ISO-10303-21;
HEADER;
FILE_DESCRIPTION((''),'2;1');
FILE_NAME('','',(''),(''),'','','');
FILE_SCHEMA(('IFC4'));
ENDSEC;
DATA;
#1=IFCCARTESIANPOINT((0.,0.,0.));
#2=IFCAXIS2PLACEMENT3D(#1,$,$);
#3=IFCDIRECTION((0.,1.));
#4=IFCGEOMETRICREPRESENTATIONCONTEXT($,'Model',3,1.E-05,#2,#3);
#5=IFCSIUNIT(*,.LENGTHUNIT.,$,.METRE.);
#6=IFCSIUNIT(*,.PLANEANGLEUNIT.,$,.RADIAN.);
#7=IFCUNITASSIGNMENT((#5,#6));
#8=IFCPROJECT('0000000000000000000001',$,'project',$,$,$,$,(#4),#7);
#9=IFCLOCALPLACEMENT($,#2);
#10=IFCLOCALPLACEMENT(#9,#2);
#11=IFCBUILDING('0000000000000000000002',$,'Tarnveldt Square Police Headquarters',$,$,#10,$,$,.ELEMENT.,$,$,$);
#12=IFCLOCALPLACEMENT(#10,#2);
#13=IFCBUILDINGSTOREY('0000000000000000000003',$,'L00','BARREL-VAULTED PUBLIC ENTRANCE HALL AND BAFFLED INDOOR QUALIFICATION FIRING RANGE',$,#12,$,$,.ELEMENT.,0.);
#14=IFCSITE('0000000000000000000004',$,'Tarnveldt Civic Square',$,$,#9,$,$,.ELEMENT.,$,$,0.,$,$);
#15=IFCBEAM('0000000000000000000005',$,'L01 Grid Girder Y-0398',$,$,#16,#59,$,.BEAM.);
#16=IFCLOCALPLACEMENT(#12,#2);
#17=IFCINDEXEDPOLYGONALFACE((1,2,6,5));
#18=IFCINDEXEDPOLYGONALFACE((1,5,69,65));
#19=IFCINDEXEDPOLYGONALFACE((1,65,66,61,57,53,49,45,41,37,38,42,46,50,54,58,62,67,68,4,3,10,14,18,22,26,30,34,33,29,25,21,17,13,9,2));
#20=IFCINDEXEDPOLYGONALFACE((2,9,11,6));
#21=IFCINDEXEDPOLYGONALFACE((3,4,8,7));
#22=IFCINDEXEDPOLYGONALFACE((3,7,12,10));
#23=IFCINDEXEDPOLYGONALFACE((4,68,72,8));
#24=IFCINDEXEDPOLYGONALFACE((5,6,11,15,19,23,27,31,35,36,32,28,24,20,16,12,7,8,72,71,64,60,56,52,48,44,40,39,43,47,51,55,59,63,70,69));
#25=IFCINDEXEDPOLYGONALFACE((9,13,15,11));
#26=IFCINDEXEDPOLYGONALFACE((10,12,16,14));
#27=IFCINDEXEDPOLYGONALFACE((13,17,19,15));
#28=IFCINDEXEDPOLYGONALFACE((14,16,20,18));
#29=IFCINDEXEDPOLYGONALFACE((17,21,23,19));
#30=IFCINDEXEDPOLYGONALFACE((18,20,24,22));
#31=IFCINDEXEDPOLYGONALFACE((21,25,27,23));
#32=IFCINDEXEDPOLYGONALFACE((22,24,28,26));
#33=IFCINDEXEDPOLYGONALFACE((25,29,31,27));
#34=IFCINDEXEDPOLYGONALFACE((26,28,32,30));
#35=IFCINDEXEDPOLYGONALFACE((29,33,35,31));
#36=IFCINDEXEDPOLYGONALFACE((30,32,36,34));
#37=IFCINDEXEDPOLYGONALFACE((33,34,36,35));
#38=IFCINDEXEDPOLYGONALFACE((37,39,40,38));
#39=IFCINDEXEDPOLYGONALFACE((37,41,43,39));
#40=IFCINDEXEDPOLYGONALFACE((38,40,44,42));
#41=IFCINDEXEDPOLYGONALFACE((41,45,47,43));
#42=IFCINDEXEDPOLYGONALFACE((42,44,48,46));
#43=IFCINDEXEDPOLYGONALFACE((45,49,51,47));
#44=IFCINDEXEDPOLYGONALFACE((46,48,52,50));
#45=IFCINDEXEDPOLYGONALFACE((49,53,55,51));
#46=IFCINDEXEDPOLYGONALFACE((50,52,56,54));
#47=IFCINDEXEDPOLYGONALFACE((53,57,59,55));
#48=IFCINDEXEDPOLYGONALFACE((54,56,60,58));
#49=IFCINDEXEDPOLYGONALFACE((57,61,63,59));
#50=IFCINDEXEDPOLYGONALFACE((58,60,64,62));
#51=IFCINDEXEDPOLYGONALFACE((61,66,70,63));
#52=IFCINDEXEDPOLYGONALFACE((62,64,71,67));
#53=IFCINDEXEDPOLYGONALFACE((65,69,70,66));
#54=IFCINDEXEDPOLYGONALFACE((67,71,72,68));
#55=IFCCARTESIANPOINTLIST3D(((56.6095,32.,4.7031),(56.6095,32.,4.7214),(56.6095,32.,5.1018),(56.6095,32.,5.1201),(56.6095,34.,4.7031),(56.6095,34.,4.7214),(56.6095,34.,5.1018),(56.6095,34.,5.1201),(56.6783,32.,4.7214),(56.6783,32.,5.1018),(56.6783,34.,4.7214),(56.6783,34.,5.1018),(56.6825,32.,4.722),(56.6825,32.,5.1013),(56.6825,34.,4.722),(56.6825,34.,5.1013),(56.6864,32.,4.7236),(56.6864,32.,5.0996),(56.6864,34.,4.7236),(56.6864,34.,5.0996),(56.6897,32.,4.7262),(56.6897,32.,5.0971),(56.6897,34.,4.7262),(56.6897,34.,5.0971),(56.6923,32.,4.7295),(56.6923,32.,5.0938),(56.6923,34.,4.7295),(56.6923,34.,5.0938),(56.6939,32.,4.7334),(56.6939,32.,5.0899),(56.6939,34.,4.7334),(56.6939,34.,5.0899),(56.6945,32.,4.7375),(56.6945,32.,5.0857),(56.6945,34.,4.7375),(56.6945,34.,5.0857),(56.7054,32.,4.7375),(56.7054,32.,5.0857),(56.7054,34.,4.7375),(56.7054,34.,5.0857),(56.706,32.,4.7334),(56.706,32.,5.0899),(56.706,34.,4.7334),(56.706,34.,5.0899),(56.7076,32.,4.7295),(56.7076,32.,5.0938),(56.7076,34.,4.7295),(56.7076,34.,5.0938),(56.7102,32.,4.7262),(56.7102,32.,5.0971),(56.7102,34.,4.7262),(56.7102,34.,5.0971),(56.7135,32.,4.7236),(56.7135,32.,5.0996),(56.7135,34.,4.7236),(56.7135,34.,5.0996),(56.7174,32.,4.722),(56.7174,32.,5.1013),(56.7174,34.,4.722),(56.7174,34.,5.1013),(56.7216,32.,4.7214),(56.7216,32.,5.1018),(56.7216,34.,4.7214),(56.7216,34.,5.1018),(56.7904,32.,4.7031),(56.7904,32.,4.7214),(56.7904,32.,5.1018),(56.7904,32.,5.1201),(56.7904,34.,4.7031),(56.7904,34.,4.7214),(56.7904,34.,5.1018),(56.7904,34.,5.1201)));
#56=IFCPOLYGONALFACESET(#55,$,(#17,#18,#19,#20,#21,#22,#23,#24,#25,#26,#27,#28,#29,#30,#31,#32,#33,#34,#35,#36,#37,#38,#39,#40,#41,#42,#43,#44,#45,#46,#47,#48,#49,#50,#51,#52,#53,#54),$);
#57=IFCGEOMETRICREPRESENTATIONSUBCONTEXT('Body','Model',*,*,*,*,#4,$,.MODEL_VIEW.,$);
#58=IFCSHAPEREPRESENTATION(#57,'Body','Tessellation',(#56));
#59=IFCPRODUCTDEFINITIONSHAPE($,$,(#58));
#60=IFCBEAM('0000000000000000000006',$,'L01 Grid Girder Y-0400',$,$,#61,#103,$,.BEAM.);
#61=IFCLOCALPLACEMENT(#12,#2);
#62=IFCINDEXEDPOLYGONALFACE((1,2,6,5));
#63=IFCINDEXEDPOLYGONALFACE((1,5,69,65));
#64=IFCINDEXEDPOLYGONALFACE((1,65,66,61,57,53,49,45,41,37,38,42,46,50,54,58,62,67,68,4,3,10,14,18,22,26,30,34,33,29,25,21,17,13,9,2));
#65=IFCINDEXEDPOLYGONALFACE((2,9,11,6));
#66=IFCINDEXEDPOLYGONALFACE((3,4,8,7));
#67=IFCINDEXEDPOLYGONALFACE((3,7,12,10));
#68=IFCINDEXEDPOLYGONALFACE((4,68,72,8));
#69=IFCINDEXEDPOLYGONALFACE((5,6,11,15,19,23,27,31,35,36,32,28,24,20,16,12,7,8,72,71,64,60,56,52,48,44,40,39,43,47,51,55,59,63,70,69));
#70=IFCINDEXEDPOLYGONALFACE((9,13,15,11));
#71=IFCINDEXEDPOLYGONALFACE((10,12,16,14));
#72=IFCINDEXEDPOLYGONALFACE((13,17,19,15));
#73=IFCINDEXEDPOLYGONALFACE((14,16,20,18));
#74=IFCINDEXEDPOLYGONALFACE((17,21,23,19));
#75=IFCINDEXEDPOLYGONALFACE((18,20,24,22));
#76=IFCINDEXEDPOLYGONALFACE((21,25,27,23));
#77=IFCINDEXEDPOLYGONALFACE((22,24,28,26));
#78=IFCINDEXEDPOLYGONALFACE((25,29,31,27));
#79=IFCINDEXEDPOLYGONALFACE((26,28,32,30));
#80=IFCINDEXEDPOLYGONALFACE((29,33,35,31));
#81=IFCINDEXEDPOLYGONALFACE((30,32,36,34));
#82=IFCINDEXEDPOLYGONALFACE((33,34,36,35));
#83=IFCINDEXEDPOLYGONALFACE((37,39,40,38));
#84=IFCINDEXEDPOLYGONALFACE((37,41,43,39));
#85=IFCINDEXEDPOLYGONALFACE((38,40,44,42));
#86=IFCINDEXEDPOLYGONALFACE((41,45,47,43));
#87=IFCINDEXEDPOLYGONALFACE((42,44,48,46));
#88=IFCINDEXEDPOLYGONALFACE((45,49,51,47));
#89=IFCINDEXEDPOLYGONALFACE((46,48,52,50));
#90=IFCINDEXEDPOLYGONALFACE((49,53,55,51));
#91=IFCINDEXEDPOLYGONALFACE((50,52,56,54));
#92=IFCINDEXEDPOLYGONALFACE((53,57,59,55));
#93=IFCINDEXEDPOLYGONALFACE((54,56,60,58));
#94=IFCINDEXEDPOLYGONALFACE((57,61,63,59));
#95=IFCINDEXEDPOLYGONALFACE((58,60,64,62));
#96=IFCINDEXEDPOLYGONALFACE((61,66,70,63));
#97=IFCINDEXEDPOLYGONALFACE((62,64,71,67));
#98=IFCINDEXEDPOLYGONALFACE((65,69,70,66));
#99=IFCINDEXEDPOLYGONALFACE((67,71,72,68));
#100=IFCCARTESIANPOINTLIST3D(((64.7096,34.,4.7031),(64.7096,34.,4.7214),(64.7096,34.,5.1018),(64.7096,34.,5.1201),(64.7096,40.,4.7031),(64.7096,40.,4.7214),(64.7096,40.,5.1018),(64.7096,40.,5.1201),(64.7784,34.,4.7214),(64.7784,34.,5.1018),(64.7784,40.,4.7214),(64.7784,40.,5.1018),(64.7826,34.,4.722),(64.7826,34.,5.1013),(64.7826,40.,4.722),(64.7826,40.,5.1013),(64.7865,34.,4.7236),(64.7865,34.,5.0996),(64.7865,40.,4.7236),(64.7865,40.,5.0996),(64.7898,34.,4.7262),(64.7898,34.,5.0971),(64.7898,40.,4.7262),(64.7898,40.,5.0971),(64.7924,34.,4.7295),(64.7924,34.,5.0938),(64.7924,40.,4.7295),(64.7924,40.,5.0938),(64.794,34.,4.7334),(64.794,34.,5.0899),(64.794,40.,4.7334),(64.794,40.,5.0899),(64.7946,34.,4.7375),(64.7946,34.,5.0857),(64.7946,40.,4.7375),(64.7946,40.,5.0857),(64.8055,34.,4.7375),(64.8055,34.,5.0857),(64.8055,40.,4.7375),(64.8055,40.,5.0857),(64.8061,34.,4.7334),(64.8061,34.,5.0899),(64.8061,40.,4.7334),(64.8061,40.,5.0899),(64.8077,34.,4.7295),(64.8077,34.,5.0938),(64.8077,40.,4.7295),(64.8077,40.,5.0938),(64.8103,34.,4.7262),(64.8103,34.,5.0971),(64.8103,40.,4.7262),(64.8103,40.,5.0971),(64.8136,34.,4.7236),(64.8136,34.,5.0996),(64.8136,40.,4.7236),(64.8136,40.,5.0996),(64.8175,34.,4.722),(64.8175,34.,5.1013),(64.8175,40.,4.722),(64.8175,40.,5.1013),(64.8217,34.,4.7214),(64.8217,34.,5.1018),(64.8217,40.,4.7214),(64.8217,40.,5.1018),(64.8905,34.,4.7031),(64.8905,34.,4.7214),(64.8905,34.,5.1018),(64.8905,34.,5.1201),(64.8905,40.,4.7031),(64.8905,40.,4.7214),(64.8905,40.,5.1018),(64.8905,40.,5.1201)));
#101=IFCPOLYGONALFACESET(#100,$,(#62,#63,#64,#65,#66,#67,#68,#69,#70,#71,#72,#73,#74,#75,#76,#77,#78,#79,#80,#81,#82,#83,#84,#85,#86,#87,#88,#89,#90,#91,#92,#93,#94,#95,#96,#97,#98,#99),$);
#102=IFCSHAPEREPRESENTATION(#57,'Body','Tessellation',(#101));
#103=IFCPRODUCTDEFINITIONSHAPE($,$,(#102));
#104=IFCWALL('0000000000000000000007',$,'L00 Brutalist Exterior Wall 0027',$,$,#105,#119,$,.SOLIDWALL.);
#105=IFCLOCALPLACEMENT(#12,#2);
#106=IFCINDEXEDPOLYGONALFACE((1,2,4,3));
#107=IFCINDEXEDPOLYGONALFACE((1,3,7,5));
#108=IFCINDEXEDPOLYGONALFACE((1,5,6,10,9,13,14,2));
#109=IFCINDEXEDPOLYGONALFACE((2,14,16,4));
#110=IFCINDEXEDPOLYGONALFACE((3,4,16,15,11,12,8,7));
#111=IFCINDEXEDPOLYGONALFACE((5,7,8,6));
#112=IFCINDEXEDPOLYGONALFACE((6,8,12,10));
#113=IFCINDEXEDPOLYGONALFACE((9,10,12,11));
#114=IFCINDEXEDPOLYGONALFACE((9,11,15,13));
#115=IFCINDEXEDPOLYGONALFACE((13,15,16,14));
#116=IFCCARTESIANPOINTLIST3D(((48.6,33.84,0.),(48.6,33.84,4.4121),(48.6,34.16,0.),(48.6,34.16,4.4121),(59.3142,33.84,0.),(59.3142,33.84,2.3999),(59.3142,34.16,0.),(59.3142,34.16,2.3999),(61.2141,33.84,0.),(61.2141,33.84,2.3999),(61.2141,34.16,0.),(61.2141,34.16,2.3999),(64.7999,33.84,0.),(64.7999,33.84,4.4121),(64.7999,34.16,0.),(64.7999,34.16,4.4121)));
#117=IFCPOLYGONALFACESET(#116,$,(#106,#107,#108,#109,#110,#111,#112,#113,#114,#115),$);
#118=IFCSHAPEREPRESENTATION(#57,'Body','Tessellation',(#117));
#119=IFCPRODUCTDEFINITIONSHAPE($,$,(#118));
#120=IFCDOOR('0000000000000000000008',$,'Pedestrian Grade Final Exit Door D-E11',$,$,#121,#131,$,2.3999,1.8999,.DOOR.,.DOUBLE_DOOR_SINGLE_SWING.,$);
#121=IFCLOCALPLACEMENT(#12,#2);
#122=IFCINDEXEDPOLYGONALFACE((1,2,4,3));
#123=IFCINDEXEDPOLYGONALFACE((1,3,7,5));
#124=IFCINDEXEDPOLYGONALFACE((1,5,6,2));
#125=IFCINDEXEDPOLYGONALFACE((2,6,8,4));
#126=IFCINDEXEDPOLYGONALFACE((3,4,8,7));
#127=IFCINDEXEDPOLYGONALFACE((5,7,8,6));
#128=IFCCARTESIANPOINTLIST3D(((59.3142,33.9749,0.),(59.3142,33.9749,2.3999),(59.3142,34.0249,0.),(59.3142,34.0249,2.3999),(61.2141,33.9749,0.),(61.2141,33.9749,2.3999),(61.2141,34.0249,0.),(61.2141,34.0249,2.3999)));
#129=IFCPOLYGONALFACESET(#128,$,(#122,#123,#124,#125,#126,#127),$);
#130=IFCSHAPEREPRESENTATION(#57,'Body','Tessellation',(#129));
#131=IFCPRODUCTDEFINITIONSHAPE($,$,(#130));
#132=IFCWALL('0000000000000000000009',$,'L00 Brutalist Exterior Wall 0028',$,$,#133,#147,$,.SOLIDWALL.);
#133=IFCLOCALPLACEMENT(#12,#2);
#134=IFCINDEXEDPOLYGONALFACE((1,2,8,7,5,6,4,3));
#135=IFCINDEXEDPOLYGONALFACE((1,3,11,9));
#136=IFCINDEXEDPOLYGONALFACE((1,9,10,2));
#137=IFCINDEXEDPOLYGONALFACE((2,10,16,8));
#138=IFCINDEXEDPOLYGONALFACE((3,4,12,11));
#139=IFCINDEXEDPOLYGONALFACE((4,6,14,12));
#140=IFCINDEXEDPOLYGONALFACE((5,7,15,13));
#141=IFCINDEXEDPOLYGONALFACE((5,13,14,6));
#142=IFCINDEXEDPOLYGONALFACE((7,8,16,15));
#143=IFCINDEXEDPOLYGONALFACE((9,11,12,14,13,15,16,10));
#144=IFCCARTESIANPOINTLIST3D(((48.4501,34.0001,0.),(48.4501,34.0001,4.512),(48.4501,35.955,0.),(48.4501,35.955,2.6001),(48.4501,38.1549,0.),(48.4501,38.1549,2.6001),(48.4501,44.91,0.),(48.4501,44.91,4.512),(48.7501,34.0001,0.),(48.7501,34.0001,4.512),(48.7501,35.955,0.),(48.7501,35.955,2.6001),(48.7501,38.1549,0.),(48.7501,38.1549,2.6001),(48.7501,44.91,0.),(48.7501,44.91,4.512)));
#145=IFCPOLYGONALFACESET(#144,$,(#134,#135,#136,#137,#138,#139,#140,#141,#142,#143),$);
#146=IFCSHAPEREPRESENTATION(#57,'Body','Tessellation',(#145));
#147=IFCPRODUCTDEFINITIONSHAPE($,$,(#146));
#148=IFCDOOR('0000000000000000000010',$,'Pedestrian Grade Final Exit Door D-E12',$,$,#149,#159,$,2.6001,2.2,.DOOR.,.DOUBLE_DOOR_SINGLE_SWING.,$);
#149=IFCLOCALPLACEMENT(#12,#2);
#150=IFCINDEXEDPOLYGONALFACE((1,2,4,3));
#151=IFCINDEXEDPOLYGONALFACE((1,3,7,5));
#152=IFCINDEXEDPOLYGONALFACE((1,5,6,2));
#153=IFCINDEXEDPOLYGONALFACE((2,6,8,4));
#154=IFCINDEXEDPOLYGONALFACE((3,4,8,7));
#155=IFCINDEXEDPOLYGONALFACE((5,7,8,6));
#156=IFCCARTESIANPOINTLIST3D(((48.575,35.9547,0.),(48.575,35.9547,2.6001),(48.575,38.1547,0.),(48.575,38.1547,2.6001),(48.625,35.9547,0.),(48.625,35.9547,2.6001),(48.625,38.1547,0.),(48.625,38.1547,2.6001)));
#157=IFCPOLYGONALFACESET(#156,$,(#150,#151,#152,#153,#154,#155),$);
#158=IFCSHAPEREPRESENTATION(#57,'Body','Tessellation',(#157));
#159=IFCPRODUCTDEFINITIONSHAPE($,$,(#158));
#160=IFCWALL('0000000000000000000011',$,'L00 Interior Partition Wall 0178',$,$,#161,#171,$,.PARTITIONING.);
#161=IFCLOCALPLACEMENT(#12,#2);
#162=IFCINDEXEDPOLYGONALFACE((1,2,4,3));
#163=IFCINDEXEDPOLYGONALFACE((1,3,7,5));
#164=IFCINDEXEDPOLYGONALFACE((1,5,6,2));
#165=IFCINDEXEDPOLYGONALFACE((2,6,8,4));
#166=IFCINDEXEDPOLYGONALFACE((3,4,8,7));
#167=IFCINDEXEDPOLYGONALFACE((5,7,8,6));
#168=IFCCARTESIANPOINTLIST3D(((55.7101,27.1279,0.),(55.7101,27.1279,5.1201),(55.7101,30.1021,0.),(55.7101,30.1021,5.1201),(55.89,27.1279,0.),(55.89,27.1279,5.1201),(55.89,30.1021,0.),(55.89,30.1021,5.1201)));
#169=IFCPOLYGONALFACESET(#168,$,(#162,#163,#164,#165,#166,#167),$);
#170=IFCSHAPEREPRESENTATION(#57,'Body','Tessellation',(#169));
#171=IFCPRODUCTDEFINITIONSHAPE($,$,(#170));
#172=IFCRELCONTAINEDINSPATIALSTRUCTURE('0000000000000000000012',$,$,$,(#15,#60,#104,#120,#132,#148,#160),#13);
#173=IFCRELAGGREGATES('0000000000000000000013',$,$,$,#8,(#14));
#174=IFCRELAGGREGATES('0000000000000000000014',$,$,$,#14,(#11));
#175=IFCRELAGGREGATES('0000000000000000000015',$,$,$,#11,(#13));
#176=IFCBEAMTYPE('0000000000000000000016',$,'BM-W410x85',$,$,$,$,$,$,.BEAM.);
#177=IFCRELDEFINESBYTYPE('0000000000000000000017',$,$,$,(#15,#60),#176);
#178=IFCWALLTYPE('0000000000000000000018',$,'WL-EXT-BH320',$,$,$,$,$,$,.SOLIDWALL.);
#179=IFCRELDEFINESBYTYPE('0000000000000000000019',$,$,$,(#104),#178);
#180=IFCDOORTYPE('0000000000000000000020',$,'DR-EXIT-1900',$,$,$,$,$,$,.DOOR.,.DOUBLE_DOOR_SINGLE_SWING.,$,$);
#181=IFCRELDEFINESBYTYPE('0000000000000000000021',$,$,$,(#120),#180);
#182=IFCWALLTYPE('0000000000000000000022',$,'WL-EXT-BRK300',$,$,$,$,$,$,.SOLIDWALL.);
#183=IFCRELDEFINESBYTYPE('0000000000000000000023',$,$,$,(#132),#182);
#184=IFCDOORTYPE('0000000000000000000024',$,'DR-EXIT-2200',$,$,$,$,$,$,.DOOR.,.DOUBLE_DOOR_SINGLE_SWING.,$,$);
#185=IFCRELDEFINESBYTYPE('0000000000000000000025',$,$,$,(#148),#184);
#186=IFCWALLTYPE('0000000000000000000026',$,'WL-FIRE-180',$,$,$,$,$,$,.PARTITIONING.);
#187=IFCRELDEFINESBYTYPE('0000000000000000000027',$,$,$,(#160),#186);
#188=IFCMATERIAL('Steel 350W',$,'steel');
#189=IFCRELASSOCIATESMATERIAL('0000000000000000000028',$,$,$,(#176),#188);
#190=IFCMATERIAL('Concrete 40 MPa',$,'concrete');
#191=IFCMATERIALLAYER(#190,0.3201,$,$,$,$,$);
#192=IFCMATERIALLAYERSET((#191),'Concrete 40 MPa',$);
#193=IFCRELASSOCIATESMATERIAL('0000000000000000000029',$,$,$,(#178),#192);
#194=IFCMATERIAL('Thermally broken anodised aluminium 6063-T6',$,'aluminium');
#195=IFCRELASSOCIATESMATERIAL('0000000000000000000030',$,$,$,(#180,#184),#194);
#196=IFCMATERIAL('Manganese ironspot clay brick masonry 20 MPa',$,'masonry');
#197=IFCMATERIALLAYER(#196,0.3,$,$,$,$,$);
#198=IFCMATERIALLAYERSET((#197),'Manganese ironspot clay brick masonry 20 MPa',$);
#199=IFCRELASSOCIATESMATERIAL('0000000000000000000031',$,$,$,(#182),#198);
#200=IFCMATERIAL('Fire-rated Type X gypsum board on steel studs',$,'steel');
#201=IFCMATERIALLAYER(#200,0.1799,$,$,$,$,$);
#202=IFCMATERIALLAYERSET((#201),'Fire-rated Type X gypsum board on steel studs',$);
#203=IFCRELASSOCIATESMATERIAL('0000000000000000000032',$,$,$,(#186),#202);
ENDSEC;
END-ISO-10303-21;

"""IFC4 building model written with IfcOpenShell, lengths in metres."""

from ifc_helpers import new_model, si_unit, direction, frame, frame_2d, origin, origin_2d, place, context, subcontext, project, spatial, rectangle, i_section, extrude, material, layer, layer_set, material_profile, profile_set, type_object, element, fill, save


model = new_model("IFC4")

# Units and contexts
model_context = context("Model", 3, precision=1e-05, world=origin(), true_north=direction((0.0, 1.0)))
body_context = subcontext(model_context, "Body", "Model", "MODEL_VIEW")
ifc_project = project(units=[si_unit("LENGTHUNIT", "METRE"), si_unit("PLANEANGLEUNIT", "RADIAN")], contexts=[model_context])

# Site, building, storey
site_placement = place(None, origin())
site = spatial("IfcSite", under=ifc_project, at=site_placement, Name="Tarnveldt Civic Square", CompositionType="ELEMENT", RefElevation=0.0)
building_placement = place(site_placement, origin())
building = spatial("IfcBuilding", under=site, at=building_placement, Name="Tarnveldt Square Police Headquarters", CompositionType="ELEMENT")
storey_placement = place(building_placement, origin())
storey = spatial("IfcBuildingStorey", under=building, at=storey_placement, Name="L00", Description="BARREL-VAULTED PUBLIC ENTRANCE HALL AND BAFFLED INDOOR QUALIFICATION FIRING RANGE", CompositionType="ELEMENT", Elevation=0.0)

# Beams
ifc_material_1 = material(Name="Concrete 40 MPa", Category="concrete")
ifc_material_2 = material(Name="Steel 350W", Category="steel")
ifc_material_profile_1 = material_profile(ifc_material_2, i_section(OverallWidth=0.1809, OverallDepth=0.417, WebThickness=0.011, FlangeThickness=0.0183, FilletRadius=0.0161, at=origin_2d()), Name="W410x85")
ifc_profile_set_1 = profile_set([ifc_material_profile_1], Name="Steel 350W")
beam_type_1 = type_object("IfcBeamType", Name="BM-W410x85", PredefinedType="BEAM", material=ifc_profile_set_1)
beam_1_placement = place(storey_placement, frame((56.7, 32.0, 4.9116), z_axis=(0.0, 1.0, 0.0), x_axis=(-1.0, 0.0, 0.0)))
element("IfcBeam", 1, at=beam_1_placement, inside=storey, type_object=beam_type_1, Name="L01 Grid Girder Y-0398", PredefinedType="BEAM", context=body_context, shape_type="SweptSolid", body=[
    extrude(i_section(OverallWidth=0.1809, OverallDepth=0.417, WebThickness=0.011, FlangeThickness=0.0183, FilletRadius=0.0161, at=origin_2d()), origin(), (0.0, 0.0, 1.0), 2.0),
])
beam_2_placement = place(storey_placement, frame((64.8, 34.0, 4.9116), z_axis=(0.0, 1.0, 0.0), x_axis=(-1.0, 0.0, 0.0)))
element("IfcBeam", 2, at=beam_2_placement, inside=storey, type_object=beam_type_1, Name="L01 Grid Girder Y-0400", PredefinedType="BEAM", context=body_context, shape_type="SweptSolid", body=[
    extrude(i_section(OverallWidth=0.1809, OverallDepth=0.417, WebThickness=0.011, FlangeThickness=0.0183, FilletRadius=0.0161, at=origin_2d()), origin(), (0.0, 0.0, 1.0), 6.0),
])

# Walls, openings, doors
ifc_layer_1 = layer(ifc_material_1, 0.3201)
ifc_layer_set_1 = layer_set([ifc_layer_1], Name="Concrete 40 MPa")
wall_type_1 = type_object("IfcWallType", Name="WL-EXT-BH320", PredefinedType="SOLIDWALL", material=ifc_layer_set_1)
wall_1_placement = place(storey_placement, frame((64.8, 34.0, 0.0), z_axis=(0.0, 0.0, 1.0), x_axis=(-1.0, 0.0, 0.0)))
wall_1 = element("IfcWall", 3, at=wall_1_placement, inside=storey, type_object=wall_type_1, Name="L00 Brutalist Exterior Wall 0027", PredefinedType="SOLIDWALL", context=body_context, shape_type="SweptSolid", body=[
    extrude(rectangle(XDim=16.2, YDim=0.3201, at=frame_2d((8.1001, 0.0))), origin(), (0.0, 0.0, 1.0), 4.4121),
])
opening_1_placement = place(wall_1_placement, frame((3.5859, 0.0, 0.0)))
opening_1 = element("IfcOpeningElement", 4, at=opening_1_placement, cuts=wall_1, PredefinedType="OPENING", context=body_context, shape_type="SweptSolid", body=[
    extrude(rectangle(XDim=1.8999, YDim=2.3999, at=frame_2d((0.95, 1.2))), frame((0.0, 0.1699, 0.0), z_axis=(0.0, -1.0, 0.0), x_axis=(1.0, 0.0, 0.0)), (0.0, 0.0, 1.0), 0.3401),
])
ifc_material_3 = material(Name="Thermally broken anodised aluminium 6063-T6", Category="aluminium")
door_type_1 = type_object("IfcDoorType", Name="DR-EXIT-1900", OperationType="DOUBLE_DOOR_SINGLE_SWING", PredefinedType="DOOR", material=ifc_material_3)
door_1_placement = place(opening_1_placement, frame((1.8999, 0.0, 0.0), z_axis=(0.0, 0.0, 1.0), x_axis=(-1.0, 0.0, 0.0)))
door_1 = element("IfcDoor", 5, at=door_1_placement, inside=storey, type_object=door_type_1, Name="Pedestrian Grade Final Exit Door D-E11", OperationType="DOUBLE_DOOR_SINGLE_SWING", OverallHeight=2.3999, OverallWidth=1.8999, PredefinedType="DOOR", context=body_context, shape_type="SweptSolid", body=[
    extrude(rectangle(XDim=1.8999, YDim=2.3999, at=frame_2d((0.95, 1.2))), frame((0.0, 0.0249, 0.0), z_axis=(0.0, -1.0, 0.0), x_axis=(1.0, 0.0, 0.0)), (0.0, 0.0, 1.0), 0.05),
])
fill(opening_1, door_1)
ifc_material_4 = material(Name="Manganese ironspot clay brick masonry 20 MPa", Category="masonry")
ifc_layer_2 = layer(ifc_material_4, 0.3)
ifc_layer_set_2 = layer_set([ifc_layer_2], Name="Manganese ironspot clay brick masonry 20 MPa")
wall_type_2 = type_object("IfcWallType", Name="WL-EXT-BRK300", PredefinedType="SOLIDWALL", material=ifc_layer_set_2)
wall_2_placement = place(storey_placement, frame((48.6001, 34.0, 0.0), z_axis=(0.0, 0.0, 1.0), x_axis=(0.0, 1.0, 0.0)))
wall_2 = element("IfcWall", 6, at=wall_2_placement, inside=storey, type_object=wall_type_2, Name="L00 Brutalist Exterior Wall 0028", PredefinedType="SOLIDWALL", context=body_context, shape_type="SweptSolid", body=[
    extrude(rectangle(XDim=10.9099, YDim=0.3, at=frame_2d((5.4551, 0.0))), origin(), (0.0, 0.0, 1.0), 4.512),
])
opening_2_placement = place(wall_2_placement, frame((1.9548, 0.0, 0.0)))
opening_2 = element("IfcOpeningElement", 7, at=opening_2_placement, cuts=wall_2, PredefinedType="OPENING", context=body_context, shape_type="SweptSolid", body=[
    extrude(rectangle(XDim=2.2, YDim=2.6001, at=frame_2d((1.1001, 1.3))), frame((0.0, 0.1599, 0.0), z_axis=(0.0, -1.0, 0.0), x_axis=(1.0, 0.0, 0.0)), (0.0, 0.0, 1.0), 0.3201),
])
door_type_2 = type_object("IfcDoorType", Name="DR-EXIT-2200", OperationType="DOUBLE_DOOR_SINGLE_SWING", PredefinedType="DOOR", material=ifc_material_3)
door_2_placement = place(opening_2_placement, frame((2.2, 0.0, 0.0), z_axis=(0.0, 0.0, 1.0), x_axis=(-1.0, 0.0, 0.0)))
door_2 = element("IfcDoor", 8, at=door_2_placement, inside=storey, type_object=door_type_2, Name="Pedestrian Grade Final Exit Door D-E12", OperationType="DOUBLE_DOOR_SINGLE_SWING", OverallHeight=2.6001, OverallWidth=2.2, PredefinedType="DOOR", context=body_context, shape_type="SweptSolid", body=[
    extrude(rectangle(XDim=2.2, YDim=2.6001, at=frame_2d((1.1001, 1.3))), frame((0.0, 0.0249, 0.0), z_axis=(0.0, -1.0, 0.0), x_axis=(1.0, 0.0, 0.0)), (0.0, 0.0, 1.0), 0.05),
])
fill(opening_2, door_2)

# Wall
ifc_material_5 = material(Name="Fire-rated Type X gypsum board on steel studs", Category="steel")
ifc_layer_3 = layer(ifc_material_5, 0.1799)
ifc_layer_set_3 = layer_set([ifc_layer_3], Name="Fire-rated Type X gypsum board on steel studs")
wall_type_3 = type_object("IfcWallType", Name="WL-FIRE-180", PredefinedType="PARTITIONING", material=ifc_layer_set_3)
wall_3_placement = place(storey_placement, frame((55.8, 27.1279, 0.0), z_axis=(0.0, 0.0, 1.0), x_axis=(0.0, 1.0, 0.0)))
element("IfcWall", 9, at=wall_3_placement, inside=storey, type_object=wall_type_3, Name="L00 Interior Partition Wall 0178", PredefinedType="PARTITIONING", context=body_context, shape_type="SweptSolid", body=[
    extrude(rectangle(XDim=2.9741, YDim=0.1799, at=frame_2d((1.4871, 0.0))), origin(), (0.0, 0.0, 1.0), 5.1201),
])

save(model, "model.ifc")
